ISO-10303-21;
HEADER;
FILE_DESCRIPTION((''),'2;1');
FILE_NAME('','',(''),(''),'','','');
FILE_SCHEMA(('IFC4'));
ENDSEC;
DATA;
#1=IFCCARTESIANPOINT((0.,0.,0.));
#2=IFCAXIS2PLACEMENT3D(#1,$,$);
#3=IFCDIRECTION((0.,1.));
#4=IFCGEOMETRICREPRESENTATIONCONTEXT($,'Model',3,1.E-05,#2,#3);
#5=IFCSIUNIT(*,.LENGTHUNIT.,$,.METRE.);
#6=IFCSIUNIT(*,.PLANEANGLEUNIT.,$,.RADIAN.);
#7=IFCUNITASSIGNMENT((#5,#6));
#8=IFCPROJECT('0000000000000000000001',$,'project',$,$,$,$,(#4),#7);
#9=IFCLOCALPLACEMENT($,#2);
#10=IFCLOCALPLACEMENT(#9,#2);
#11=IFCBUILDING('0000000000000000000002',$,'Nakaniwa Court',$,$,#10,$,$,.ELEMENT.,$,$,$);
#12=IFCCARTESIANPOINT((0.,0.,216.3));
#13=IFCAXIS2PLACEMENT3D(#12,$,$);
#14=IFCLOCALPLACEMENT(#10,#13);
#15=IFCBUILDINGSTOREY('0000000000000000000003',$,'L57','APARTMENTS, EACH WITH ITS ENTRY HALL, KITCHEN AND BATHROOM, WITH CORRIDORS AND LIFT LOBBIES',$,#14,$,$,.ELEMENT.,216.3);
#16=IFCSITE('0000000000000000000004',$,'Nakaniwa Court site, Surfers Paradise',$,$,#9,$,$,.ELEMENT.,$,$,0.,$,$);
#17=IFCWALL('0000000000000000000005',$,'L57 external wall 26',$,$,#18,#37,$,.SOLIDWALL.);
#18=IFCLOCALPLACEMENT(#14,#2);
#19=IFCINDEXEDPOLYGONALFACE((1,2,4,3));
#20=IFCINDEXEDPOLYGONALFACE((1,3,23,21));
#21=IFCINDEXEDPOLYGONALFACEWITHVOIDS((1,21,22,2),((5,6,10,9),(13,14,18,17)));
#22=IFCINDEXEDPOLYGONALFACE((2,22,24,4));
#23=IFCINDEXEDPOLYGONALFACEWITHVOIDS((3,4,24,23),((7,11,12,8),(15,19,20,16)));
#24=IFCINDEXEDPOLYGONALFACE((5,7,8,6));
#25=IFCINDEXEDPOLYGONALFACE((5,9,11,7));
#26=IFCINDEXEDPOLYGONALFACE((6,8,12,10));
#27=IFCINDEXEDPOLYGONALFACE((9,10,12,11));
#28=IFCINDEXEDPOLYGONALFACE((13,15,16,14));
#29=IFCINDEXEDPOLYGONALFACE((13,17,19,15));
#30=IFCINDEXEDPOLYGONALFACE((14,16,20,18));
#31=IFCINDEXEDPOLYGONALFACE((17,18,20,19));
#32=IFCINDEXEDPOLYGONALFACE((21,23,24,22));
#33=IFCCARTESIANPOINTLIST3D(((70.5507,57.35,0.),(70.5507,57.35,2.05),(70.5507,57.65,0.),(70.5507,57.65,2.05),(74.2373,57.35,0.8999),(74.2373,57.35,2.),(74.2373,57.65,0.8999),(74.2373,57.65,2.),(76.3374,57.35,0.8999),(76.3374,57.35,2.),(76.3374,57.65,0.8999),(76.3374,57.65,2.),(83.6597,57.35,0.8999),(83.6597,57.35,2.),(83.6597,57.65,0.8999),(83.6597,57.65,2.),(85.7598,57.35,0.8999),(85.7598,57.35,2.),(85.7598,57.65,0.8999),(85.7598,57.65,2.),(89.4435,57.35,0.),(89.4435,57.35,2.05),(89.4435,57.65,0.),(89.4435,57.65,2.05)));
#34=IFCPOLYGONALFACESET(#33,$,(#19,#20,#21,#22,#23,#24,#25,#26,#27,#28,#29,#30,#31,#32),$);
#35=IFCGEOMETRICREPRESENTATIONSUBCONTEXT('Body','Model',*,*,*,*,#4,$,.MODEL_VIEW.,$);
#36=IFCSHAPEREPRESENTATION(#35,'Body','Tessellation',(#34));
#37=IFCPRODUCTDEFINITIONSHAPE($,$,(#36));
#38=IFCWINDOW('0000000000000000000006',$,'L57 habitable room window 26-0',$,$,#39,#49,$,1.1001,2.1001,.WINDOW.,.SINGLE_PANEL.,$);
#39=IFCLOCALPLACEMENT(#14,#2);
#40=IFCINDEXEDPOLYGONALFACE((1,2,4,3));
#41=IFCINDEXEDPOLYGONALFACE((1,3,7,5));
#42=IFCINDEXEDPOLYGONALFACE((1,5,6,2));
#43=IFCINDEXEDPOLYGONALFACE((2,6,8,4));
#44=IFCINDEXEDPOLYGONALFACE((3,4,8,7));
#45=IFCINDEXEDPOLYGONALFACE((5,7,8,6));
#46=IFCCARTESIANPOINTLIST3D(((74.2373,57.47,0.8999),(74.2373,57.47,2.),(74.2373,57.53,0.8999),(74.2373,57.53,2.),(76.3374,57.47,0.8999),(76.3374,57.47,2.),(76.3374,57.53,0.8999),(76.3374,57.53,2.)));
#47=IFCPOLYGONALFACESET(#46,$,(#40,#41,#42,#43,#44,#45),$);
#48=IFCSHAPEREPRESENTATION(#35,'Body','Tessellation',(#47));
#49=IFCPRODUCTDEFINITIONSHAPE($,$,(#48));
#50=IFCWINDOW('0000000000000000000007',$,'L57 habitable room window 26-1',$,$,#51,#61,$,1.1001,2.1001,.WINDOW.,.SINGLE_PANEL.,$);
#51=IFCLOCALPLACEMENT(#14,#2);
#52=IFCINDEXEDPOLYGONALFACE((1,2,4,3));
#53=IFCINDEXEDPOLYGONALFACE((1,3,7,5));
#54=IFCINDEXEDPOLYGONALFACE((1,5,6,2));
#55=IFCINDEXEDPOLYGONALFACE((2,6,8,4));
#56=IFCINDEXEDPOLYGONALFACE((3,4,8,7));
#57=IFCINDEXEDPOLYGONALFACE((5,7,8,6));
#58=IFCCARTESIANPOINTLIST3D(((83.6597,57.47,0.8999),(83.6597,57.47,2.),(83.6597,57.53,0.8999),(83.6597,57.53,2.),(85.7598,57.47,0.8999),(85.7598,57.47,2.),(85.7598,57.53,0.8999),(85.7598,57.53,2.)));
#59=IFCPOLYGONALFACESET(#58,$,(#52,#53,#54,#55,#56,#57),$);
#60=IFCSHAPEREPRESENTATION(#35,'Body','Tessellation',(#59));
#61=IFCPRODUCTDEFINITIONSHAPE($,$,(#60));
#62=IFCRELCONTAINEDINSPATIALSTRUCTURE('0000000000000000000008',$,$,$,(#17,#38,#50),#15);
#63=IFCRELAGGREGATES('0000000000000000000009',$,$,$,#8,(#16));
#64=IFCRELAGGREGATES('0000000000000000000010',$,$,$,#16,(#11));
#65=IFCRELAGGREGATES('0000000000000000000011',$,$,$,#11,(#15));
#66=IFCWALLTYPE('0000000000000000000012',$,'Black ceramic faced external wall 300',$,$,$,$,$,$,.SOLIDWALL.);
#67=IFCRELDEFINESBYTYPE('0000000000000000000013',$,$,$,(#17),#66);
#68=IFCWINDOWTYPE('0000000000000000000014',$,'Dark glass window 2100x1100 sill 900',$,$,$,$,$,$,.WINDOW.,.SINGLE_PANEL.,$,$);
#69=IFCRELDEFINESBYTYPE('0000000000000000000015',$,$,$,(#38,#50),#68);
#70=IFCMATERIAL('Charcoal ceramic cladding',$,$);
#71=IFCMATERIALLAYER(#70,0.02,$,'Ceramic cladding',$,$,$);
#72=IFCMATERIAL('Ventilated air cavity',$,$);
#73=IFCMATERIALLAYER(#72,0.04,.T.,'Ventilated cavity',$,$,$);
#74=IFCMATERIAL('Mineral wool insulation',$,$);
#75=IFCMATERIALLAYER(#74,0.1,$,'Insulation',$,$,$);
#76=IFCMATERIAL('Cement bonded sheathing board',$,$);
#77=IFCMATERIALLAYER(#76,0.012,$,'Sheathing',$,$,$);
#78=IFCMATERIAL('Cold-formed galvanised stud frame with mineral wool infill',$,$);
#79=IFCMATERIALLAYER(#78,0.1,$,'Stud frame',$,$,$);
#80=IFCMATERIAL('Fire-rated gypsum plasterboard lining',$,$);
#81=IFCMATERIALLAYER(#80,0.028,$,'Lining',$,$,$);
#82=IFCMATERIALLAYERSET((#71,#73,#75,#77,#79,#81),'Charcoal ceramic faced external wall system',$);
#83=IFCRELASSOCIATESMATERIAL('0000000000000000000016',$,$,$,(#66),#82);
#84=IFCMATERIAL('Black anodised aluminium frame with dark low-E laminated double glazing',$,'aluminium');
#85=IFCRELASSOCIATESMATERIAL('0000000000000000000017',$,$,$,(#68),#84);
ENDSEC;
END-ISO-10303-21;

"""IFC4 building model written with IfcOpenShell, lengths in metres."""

from ifc_helpers import new_model, si_unit, direction, frame, frame_2d, origin, place, context, subcontext, project, spatial, rectangle, extrude, material, layer, layer_set, type_object, element, fill, save


model = new_model("IFC4")

# Units and contexts
model_context = context("Model", 3, precision=1e-05, world=origin(), true_north=direction((0.0, 1.0)))
body_context = subcontext(model_context, "Body", "Model", "MODEL_VIEW")
ifc_project = project(units=[si_unit("LENGTHUNIT", "METRE"), si_unit("PLANEANGLEUNIT", "RADIAN")], contexts=[model_context])

# Site, building, storey
site_placement = place(None, origin())
site = spatial("IfcSite", under=ifc_project, at=site_placement, Name="Nakaniwa Court site, Surfers Paradise", CompositionType="ELEMENT", RefElevation=0.0)
building_placement = place(site_placement, origin())
building = spatial("IfcBuilding", under=site, at=building_placement, Name="Nakaniwa Court", CompositionType="ELEMENT")
storey_placement = place(building_placement, frame((0.0, 0.0, 216.3)))
storey = spatial("IfcBuildingStorey", under=building, at=storey_placement, Name="L57", Description="APARTMENTS, EACH WITH ITS ENTRY HALL, KITCHEN AND BATHROOM, WITH CORRIDORS AND LIFT LOBBIES", CompositionType="ELEMENT", Elevation=216.3)

# Shared definitions
ifc_material_1 = material(Name="Charcoal ceramic cladding")
ifc_layer_1 = layer(ifc_material_1, 0.02, Name="Ceramic cladding")
ifc_material_2 = material(Name="Ventilated air cavity")
ifc_layer_2 = layer(ifc_material_2, 0.04, ventilated=True, Name="Ventilated cavity")
ifc_material_3 = material(Name="Mineral wool insulation")
ifc_layer_3 = layer(ifc_material_3, 0.1, Name="Insulation")
ifc_material_4 = material(Name="Cement bonded sheathing board")
ifc_layer_4 = layer(ifc_material_4, 0.012, Name="Sheathing")
ifc_material_5 = material(Name="Cold-formed galvanised stud frame with mineral wool infill")
ifc_layer_5 = layer(ifc_material_5, 0.1, Name="Stud frame")
ifc_material_6 = material(Name="Fire-rated gypsum plasterboard lining")
ifc_layer_6 = layer(ifc_material_6, 0.028, Name="Lining")
ifc_layer_set_1 = layer_set([ifc_layer_1, ifc_layer_2, ifc_layer_3, ifc_layer_4, ifc_layer_5, ifc_layer_6], Name="Charcoal ceramic faced external wall system")
wall_type_1 = type_object("IfcWallType", Name="Black ceramic faced external wall 300", PredefinedType="SOLIDWALL", material=ifc_layer_set_1)
ifc_material_7 = material(Name="Black anodised aluminium frame with dark low-E laminated double glazing", Category="aluminium")

# Wall, openings, windows
wall_1_placement = place(storey_placement, frame((70.5508, 57.5, 0.0), z_axis=(0.0, 0.0, 1.0), x_axis=(1.0, 0.0, 0.0)))
wall_1 = element("IfcWall", 1, at=wall_1_placement, inside=storey, type_object=wall_type_1, Name="L57 external wall 26", PredefinedType="SOLIDWALL", context=body_context, shape_type="SweptSolid", body=[
    extrude(rectangle(XDim=18.8928, YDim=0.3, at=frame_2d((9.4463, 0.0))), origin(), (0.0, 0.0, 1.0), 2.05),
])
opening_1_placement = place(wall_1_placement, frame((3.6865, 0.0, 0.8999)))
opening_1 = element("IfcOpeningElement", 2, at=opening_1_placement, cuts=wall_1, PredefinedType="OPENING", context=body_context, shape_type="SweptSolid", body=[
    extrude(rectangle(XDim=2.1001, YDim=1.1001, at=frame_2d((1.05, 0.55))), frame((0.0, 0.1599, 0.0), z_axis=(0.0, -1.0, 0.0), x_axis=(1.0, 0.0, 0.0)), (0.0, 0.0, 1.0), 0.3201),
])
opening_2_placement = place(wall_1_placement, frame((13.1089, 0.0, 0.8999)))
opening_2 = element("IfcOpeningElement", 3, at=opening_2_placement, cuts=wall_1, PredefinedType="OPENING", context=body_context, shape_type="SweptSolid", body=[
    extrude(rectangle(XDim=2.1001, YDim=1.1001, at=frame_2d((1.05, 0.55))), frame((0.0, 0.1599, 0.0), z_axis=(0.0, -1.0, 0.0), x_axis=(1.0, 0.0, 0.0)), (0.0, 0.0, 1.0), 0.3201),
])
window_type_1 = type_object("IfcWindowType", Name="Dark glass window 2100x1100 sill 900", PartitioningType="SINGLE_PANEL", PredefinedType="WINDOW", material=ifc_material_7)
window_1_placement = place(opening_1_placement, origin())
window_1 = element("IfcWindow", 4, at=window_1_placement, inside=storey, type_object=window_type_1, Name="L57 habitable room window 26-0", OverallHeight=1.1001, OverallWidth=2.1001, PartitioningType="SINGLE_PANEL", PredefinedType="WINDOW", context=body_context, shape_type="SweptSolid", body=[
    extrude(rectangle(XDim=2.1001, YDim=1.1001, at=frame_2d((1.05, 0.55))), frame((0.0, 0.03, 0.0), z_axis=(0.0, -1.0, 0.0), x_axis=(1.0, 0.0, 0.0)), (0.0, 0.0, 1.0), 0.0601),
])
fill(opening_1, window_1)
window_2_placement = place(opening_2_placement, origin())
window_2 = element("IfcWindow", 5, at=window_2_placement, inside=storey, type_object=window_type_1, Name="L57 habitable room window 26-1", OverallHeight=1.1001, OverallWidth=2.1001, PartitioningType="SINGLE_PANEL", PredefinedType="WINDOW", context=body_context, shape_type="SweptSolid", body=[
    extrude(rectangle(XDim=2.1001, YDim=1.1001, at=frame_2d((1.05, 0.55))), frame((0.0, 0.03, 0.0), z_axis=(0.0, -1.0, 0.0), x_axis=(1.0, 0.0, 0.0)), (0.0, 0.0, 1.0), 0.0601),
])
fill(opening_2, window_2)

save(model, "model.ifc")
